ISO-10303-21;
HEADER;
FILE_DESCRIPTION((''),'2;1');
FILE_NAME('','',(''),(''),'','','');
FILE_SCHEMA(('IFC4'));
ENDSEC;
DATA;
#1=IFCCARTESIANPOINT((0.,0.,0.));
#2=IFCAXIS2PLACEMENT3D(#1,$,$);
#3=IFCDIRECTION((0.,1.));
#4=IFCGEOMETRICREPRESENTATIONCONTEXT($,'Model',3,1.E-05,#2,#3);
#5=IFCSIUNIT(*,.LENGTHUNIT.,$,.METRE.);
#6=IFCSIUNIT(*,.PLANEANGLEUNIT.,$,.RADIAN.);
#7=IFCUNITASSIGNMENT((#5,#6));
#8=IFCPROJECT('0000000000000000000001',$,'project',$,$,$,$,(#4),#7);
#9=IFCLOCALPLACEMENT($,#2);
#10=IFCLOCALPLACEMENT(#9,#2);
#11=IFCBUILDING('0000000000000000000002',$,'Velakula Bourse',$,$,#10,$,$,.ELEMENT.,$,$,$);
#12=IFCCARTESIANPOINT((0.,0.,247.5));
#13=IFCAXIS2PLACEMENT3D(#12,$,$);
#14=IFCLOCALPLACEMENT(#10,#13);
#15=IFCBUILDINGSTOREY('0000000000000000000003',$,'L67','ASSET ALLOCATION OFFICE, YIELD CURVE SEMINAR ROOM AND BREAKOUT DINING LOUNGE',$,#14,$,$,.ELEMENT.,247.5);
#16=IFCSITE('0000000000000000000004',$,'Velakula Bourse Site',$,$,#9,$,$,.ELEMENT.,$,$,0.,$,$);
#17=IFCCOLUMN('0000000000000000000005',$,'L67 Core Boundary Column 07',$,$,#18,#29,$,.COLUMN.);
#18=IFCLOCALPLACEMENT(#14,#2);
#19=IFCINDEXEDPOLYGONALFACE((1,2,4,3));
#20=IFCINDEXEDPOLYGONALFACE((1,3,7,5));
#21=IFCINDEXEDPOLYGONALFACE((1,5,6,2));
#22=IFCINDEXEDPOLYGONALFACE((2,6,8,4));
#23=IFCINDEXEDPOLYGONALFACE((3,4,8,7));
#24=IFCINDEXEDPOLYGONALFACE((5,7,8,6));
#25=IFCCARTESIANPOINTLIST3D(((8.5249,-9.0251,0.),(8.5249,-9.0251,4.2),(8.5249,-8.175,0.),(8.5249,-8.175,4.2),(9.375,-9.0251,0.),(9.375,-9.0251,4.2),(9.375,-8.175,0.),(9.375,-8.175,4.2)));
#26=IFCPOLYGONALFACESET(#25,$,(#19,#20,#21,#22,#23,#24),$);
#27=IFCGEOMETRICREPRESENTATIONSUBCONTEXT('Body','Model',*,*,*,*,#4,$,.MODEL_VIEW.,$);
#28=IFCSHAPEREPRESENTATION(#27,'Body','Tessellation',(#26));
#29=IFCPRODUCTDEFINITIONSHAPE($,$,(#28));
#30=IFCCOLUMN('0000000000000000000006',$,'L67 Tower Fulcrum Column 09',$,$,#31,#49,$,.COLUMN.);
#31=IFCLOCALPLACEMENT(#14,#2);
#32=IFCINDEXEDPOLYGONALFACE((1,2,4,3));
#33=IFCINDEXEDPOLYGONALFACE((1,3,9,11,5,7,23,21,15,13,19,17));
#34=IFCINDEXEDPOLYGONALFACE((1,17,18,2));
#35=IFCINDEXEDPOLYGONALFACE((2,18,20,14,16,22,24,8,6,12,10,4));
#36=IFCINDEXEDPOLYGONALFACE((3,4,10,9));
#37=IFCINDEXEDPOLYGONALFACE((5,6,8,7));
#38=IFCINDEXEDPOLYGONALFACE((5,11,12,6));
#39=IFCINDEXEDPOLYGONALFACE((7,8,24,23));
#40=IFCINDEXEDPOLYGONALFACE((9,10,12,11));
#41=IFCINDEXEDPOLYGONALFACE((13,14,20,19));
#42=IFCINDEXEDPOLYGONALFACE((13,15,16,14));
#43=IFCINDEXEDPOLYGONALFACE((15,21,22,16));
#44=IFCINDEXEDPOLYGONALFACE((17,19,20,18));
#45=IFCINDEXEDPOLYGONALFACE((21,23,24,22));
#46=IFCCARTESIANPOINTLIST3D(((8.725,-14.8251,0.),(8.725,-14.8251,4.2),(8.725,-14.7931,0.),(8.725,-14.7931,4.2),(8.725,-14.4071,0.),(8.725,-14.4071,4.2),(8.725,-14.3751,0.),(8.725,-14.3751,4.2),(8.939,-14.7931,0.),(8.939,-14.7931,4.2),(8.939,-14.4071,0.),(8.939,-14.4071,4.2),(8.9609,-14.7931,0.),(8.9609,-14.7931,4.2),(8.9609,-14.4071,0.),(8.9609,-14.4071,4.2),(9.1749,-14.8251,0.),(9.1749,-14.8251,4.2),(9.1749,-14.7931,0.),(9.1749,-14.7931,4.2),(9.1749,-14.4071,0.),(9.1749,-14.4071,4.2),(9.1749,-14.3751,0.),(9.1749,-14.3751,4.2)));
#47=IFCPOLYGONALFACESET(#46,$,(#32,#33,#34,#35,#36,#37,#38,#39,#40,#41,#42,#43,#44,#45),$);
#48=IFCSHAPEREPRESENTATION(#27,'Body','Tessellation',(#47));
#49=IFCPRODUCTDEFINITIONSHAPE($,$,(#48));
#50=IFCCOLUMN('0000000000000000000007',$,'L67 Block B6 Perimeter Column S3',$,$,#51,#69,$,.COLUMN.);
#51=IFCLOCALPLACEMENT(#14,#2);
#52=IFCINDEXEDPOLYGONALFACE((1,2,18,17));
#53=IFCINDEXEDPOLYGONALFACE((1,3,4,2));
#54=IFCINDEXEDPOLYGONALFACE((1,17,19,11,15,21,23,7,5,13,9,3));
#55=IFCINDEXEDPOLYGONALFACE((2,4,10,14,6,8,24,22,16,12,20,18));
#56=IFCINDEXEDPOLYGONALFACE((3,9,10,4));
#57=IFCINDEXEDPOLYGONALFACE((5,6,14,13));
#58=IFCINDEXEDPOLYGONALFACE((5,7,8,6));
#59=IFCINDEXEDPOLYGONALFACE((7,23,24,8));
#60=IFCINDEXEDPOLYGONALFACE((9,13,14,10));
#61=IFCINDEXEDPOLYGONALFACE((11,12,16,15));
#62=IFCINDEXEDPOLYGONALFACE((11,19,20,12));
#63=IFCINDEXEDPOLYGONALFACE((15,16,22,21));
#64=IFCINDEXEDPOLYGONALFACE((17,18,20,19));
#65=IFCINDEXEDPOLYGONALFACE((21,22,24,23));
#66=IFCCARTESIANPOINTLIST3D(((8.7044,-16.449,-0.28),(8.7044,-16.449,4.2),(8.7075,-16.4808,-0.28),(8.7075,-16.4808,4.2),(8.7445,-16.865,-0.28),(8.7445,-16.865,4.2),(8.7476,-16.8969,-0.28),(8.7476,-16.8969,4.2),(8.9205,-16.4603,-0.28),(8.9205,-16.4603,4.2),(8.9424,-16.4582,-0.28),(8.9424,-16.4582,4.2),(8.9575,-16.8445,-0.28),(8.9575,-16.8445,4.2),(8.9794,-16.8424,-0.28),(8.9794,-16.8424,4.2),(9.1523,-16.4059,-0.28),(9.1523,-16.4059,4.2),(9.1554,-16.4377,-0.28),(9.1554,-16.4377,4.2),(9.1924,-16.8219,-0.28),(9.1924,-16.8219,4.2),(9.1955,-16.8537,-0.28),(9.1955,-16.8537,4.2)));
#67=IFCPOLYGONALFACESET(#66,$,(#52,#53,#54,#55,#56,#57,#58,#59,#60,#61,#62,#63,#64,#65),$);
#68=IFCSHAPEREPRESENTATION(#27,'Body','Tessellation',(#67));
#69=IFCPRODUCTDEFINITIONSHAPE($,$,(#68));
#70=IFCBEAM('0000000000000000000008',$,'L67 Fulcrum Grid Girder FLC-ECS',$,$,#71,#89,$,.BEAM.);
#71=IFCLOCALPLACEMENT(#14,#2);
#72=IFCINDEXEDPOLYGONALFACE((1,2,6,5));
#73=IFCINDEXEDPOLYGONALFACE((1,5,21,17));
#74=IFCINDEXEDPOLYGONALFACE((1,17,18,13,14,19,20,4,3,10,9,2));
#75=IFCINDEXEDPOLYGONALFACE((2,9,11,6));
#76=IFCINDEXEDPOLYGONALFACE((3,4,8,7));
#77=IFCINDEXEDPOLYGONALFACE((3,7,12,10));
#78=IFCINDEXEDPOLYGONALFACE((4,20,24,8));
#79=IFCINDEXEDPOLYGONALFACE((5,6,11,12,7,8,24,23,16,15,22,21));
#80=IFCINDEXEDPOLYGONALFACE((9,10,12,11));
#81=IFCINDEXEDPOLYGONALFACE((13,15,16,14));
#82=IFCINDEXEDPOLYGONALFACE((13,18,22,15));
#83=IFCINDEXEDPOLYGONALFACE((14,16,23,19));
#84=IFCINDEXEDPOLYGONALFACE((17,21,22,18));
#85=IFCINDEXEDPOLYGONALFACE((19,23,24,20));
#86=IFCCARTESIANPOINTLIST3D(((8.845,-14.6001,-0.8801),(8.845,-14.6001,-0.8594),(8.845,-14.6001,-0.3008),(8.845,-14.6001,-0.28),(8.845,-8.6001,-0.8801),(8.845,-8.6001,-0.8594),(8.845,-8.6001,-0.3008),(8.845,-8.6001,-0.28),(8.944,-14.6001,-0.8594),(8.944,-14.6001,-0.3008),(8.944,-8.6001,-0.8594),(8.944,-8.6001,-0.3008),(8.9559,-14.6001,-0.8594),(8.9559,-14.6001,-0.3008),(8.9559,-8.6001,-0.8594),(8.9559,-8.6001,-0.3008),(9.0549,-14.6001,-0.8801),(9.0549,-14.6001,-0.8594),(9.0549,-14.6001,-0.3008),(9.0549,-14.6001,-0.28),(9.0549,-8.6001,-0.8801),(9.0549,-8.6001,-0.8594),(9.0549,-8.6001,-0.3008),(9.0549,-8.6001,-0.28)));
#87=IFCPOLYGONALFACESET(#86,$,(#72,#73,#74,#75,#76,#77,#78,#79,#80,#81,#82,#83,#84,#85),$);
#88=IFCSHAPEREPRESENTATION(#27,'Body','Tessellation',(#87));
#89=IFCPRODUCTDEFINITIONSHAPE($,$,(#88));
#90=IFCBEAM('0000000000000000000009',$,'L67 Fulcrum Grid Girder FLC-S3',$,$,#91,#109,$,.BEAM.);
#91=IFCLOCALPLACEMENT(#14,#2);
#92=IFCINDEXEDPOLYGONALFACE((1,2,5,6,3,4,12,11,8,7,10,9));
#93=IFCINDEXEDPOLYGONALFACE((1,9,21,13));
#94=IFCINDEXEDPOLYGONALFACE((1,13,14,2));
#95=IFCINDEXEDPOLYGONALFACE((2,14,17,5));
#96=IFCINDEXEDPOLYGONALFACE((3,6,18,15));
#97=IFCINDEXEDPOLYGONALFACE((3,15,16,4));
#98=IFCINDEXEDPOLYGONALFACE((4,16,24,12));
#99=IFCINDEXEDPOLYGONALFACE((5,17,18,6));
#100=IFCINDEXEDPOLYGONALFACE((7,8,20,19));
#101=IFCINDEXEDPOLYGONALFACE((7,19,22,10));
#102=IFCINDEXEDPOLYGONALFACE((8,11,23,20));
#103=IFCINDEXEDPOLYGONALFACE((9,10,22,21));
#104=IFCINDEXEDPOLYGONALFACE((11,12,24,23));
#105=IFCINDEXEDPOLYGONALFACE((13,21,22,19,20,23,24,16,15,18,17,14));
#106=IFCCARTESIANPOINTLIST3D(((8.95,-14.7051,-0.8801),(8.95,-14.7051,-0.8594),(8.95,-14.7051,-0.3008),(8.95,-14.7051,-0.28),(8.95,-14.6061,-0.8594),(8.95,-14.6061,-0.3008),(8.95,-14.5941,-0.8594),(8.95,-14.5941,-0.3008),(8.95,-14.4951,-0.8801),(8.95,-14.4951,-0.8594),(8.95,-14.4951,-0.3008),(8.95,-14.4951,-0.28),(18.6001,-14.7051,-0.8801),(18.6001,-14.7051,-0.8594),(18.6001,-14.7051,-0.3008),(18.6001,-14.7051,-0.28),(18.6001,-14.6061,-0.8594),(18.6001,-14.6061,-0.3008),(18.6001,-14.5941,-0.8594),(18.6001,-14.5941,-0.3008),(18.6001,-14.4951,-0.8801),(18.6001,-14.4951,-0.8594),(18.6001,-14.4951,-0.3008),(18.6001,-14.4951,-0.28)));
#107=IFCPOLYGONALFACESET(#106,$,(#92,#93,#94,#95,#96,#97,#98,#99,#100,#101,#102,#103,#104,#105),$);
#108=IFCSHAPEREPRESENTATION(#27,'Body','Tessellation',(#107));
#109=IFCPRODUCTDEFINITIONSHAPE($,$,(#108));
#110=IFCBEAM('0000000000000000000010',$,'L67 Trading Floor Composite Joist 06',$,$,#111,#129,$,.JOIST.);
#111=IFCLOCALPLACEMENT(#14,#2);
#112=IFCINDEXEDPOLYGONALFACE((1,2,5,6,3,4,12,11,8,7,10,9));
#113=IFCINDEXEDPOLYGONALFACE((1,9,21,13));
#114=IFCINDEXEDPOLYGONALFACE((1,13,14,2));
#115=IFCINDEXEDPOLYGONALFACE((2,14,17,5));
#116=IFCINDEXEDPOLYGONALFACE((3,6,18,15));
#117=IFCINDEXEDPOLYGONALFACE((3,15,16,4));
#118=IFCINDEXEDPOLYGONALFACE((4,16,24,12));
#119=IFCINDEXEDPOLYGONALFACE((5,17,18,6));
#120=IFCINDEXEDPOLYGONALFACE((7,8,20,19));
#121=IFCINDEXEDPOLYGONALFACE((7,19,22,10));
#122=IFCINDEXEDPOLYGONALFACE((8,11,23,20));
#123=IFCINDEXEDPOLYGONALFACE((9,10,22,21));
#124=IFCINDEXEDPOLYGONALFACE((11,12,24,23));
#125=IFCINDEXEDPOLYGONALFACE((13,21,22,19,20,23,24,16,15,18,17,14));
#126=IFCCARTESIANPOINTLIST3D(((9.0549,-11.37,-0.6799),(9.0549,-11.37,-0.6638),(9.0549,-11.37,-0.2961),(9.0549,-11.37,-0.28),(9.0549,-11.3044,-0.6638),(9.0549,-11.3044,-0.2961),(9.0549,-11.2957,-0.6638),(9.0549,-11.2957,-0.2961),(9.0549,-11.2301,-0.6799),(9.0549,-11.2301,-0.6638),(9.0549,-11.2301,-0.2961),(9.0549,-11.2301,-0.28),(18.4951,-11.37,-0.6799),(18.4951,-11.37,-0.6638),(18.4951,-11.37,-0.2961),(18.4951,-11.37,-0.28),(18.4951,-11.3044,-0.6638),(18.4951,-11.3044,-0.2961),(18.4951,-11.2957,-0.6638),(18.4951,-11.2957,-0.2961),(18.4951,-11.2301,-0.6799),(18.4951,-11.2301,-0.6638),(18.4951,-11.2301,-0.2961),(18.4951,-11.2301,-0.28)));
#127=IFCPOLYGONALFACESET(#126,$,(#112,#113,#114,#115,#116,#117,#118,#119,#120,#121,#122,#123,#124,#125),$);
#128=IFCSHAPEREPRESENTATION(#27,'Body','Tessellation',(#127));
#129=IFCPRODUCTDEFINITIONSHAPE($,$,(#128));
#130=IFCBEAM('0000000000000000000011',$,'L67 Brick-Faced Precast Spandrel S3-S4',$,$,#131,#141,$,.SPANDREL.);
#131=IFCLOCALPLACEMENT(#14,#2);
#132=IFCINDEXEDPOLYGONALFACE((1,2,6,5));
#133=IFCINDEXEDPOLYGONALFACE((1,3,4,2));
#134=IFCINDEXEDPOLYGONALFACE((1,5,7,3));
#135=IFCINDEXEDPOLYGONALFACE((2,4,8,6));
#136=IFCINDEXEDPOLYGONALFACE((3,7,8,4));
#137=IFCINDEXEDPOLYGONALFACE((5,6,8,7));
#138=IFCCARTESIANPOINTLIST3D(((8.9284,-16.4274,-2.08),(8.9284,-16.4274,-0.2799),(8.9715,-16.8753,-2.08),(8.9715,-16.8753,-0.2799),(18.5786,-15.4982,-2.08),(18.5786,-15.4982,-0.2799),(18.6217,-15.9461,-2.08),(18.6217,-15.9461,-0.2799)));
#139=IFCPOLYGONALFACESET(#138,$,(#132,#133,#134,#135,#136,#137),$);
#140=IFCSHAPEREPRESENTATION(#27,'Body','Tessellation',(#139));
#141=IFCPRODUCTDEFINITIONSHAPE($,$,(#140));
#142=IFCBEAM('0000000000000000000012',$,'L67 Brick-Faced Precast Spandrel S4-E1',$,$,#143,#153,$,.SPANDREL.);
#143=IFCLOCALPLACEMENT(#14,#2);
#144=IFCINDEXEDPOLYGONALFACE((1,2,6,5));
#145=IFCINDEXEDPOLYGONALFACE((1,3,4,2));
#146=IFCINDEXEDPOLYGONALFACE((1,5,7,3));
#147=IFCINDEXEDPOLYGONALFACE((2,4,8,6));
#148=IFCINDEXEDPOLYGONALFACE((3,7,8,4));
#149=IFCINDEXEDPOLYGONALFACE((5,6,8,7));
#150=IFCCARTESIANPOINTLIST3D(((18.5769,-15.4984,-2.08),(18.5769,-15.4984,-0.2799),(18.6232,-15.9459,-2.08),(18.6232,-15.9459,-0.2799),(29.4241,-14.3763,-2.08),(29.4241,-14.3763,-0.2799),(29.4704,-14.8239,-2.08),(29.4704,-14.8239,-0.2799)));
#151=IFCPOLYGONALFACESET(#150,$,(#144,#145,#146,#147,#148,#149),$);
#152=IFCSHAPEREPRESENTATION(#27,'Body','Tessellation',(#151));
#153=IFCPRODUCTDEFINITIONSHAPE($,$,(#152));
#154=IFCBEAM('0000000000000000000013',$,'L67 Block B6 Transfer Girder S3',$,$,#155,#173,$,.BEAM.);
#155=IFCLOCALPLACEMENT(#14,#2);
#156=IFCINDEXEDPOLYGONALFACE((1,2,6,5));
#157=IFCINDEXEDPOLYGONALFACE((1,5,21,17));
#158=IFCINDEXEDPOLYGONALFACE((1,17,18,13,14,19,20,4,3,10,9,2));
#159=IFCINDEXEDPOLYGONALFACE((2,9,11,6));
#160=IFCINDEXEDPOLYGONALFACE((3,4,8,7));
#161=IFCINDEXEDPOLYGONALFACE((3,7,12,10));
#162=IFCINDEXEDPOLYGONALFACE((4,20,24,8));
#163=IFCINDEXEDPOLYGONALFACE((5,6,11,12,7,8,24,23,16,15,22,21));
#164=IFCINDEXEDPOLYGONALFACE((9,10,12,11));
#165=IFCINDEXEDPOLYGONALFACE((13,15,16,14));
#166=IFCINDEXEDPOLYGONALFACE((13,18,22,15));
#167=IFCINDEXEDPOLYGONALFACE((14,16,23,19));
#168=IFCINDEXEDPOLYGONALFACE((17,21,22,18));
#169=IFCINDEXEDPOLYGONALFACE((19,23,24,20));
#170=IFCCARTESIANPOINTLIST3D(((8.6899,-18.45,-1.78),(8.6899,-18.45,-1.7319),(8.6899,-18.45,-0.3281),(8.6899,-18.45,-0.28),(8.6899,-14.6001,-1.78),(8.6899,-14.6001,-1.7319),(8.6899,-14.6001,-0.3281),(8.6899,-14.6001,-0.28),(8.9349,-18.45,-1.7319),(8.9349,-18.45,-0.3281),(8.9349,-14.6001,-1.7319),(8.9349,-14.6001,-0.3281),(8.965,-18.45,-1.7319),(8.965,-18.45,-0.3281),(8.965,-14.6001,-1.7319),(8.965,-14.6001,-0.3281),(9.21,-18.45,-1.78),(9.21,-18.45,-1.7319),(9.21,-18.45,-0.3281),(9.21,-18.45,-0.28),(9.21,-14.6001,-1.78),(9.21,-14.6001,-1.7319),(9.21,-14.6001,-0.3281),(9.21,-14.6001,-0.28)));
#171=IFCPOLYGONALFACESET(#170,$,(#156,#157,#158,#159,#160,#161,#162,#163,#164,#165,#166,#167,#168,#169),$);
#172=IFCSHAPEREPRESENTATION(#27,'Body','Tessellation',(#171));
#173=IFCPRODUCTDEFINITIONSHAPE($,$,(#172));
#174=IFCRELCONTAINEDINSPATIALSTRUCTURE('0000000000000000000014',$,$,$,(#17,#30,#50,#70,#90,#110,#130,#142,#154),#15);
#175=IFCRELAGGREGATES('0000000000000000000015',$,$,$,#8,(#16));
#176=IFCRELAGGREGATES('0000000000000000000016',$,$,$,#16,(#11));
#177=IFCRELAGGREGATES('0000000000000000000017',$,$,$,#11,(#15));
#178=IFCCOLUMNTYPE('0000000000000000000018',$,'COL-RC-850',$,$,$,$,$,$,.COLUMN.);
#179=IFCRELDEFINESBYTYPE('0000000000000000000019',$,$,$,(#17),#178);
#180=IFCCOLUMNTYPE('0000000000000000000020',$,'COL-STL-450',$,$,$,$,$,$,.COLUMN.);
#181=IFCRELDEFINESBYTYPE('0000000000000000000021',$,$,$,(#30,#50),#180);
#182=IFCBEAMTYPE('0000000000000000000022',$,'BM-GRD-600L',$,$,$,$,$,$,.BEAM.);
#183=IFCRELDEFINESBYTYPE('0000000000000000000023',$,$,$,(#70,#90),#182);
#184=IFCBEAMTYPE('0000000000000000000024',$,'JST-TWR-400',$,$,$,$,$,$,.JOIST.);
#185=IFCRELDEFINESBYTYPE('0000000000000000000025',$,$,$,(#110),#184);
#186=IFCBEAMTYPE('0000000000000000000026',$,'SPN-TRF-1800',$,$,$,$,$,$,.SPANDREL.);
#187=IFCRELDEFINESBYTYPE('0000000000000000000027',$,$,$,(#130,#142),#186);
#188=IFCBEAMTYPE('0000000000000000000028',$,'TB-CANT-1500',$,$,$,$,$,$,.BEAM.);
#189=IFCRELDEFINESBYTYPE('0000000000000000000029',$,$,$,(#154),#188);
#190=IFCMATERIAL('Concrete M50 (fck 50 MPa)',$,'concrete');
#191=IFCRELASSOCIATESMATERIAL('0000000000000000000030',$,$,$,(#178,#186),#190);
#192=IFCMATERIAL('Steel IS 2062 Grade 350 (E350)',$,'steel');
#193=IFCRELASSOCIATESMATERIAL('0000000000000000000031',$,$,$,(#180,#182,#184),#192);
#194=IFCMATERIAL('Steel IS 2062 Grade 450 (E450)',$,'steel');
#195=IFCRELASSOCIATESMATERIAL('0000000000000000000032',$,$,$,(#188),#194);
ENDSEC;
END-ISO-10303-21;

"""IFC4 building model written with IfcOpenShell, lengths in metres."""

from ifc_helpers import new_model, si_unit, direction, frame, origin, origin_2d, place, context, subcontext, project, spatial, rectangle, i_section, extrude, material, material_profile, profile_set, type_object, element, save


model = new_model("IFC4")

# Units and contexts
model_context = context("Model", 3, precision=1e-05, world=origin(), true_north=direction((0.0, 1.0)))
body_context = subcontext(model_context, "Body", "Model", "MODEL_VIEW")
ifc_project = project(units=[si_unit("LENGTHUNIT", "METRE"), si_unit("PLANEANGLEUNIT", "RADIAN")], contexts=[model_context])

# Site, building, storey
site_placement = place(None, origin())
site = spatial("IfcSite", under=ifc_project, at=site_placement, Name="Velakula Bourse Site", CompositionType="ELEMENT", RefElevation=0.0)
building_placement = place(site_placement, origin())
building = spatial("IfcBuilding", under=site, at=building_placement, Name="Velakula Bourse", CompositionType="ELEMENT")
storey_placement = place(building_placement, frame((0.0, 0.0, 247.5)))
storey = spatial("IfcBuildingStorey", under=building, at=storey_placement, Name="L67", Description="ASSET ALLOCATION OFFICE, YIELD CURVE SEMINAR ROOM AND BREAKOUT DINING LOUNGE", CompositionType="ELEMENT", Elevation=247.5)

# Columns
ifc_material_1 = material(Name="Concrete M50 (fck 50 MPa)", Category="concrete")
ifc_material_profile_1 = material_profile(ifc_material_1, rectangle(XDim=0.8501, YDim=0.8501, at=origin_2d()), Name="Concrete M50 (fck 50 MPa)")
ifc_profile_set_1 = profile_set([ifc_material_profile_1], Name="Concrete M50 (fck 50 MPa)")
column_type_1 = type_object("IfcColumnType", Name="COL-RC-850", PredefinedType="COLUMN", material=ifc_profile_set_1)
column_1_placement = place(storey_placement, frame((8.95, -8.6001, 0.0), z_axis=(0.0, 0.0, 1.0), x_axis=(1.0, 0.0, 0.0)))
element("IfcColumn", 1, at=column_1_placement, inside=storey, type_object=column_type_1, Name="L67 Core Boundary Column 07", PredefinedType="COLUMN", context=body_context, shape_type="SweptSolid", body=[
    extrude(rectangle(XDim=0.8501, YDim=0.8501, at=origin_2d()), origin(), (0.0, 0.0, 1.0), 4.2),
])
ifc_material_2 = material(Name="Steel IS 2062 Grade 350 (E350)", Category="steel")
ifc_material_profile_2 = material_profile(ifc_material_2, i_section(OverallWidth=0.45, OverallDepth=0.45, WebThickness=0.022, FlangeThickness=0.032, at=origin_2d()), Name="Steel IS 2062 Grade 350 (E350)")
ifc_profile_set_2 = profile_set([ifc_material_profile_2], Name="Steel IS 2062 Grade 350 (E350)")
column_type_2 = type_object("IfcColumnType", Name="COL-STL-450", PredefinedType="COLUMN", material=ifc_profile_set_2)
column_2_placement = place(storey_placement, frame((8.95, -14.6001, 0.0), z_axis=(0.0, 0.0, 1.0), x_axis=(1.0, 0.0, 0.0)))
element("IfcColumn", 2, at=column_2_placement, inside=storey, type_object=column_type_2, Name="L67 Tower Fulcrum Column 09", PredefinedType="COLUMN", context=body_context, shape_type="SweptSolid", body=[
    extrude(i_section(OverallWidth=0.45, OverallDepth=0.45, WebThickness=0.022, FlangeThickness=0.032, at=origin_2d()), origin(), (0.0, 0.0, 1.0), 4.2),
])
column_3_placement = place(storey_placement, frame((8.95, -16.6514, -0.28), z_axis=(0.0, 0.0, 1.0), x_axis=(0.995396, 0.095846, 0.0)))
element("IfcColumn", 3, at=column_3_placement, inside=storey, type_object=column_type_2, Name="L67 Block B6 Perimeter Column S3", PredefinedType="COLUMN", context=body_context, shape_type="SweptSolid", body=[
    extrude(i_section(OverallWidth=0.45, OverallDepth=0.45, WebThickness=0.022, FlangeThickness=0.032, at=origin_2d()), origin(), (0.0, 0.0, 1.0), 4.48),
])

# Beams
ifc_material_profile_3 = material_profile(ifc_material_2, i_section(OverallWidth=0.21, OverallDepth=0.6001, WebThickness=0.012, FlangeThickness=0.0208, at=origin_2d()), Name="Steel IS 2062 Grade 350 (E350)")
ifc_profile_set_3 = profile_set([ifc_material_profile_3], Name="Steel IS 2062 Grade 350 (E350)")
beam_type_1 = type_object("IfcBeamType", Name="BM-GRD-600L", PredefinedType="BEAM", material=ifc_profile_set_3)
beam_1_placement = place(storey_placement, frame((8.95, -14.6001, -0.5801), z_axis=(0.0, 1.0, 0.0), x_axis=(-1.0, 0.0, 0.0)))
element("IfcBeam", 4, at=beam_1_placement, inside=storey, type_object=beam_type_1, Name="L67 Fulcrum Grid Girder FLC-ECS", PredefinedType="BEAM", context=body_context, shape_type="SweptSolid", body=[
    extrude(i_section(OverallWidth=0.21, OverallDepth=0.6001, WebThickness=0.012, FlangeThickness=0.0208, at=origin_2d()), origin(), (0.0, 0.0, 1.0), 6.0),
])
beam_2_placement = place(storey_placement, frame((8.95, -14.6001, -0.5801), z_axis=(1.0, 0.0, 0.0), x_axis=(0.0, 1.0, 0.0)))
element("IfcBeam", 5, at=beam_2_placement, inside=storey, type_object=beam_type_1, Name="L67 Fulcrum Grid Girder FLC-S3", PredefinedType="BEAM", context=body_context, shape_type="SweptSolid", body=[
    extrude(i_section(OverallWidth=0.21, OverallDepth=0.6001, WebThickness=0.012, FlangeThickness=0.0208, at=origin_2d()), origin(), (0.0, 0.0, 1.0), 9.6501),
])
ifc_material_profile_4 = material_profile(ifc_material_2, i_section(OverallWidth=0.1399, OverallDepth=0.3999, WebThickness=0.0088, FlangeThickness=0.0161, at=origin_2d()), Name="Steel IS 2062 Grade 350 (E350)")
ifc_profile_set_4 = profile_set([ifc_material_profile_4], Name="Steel IS 2062 Grade 350 (E350)")
beam_type_2 = type_object("IfcBeamType", Name="JST-TWR-400", PredefinedType="JOIST", material=ifc_profile_set_4)
beam_3_placement = place(storey_placement, frame((9.0549, -11.3, -0.48), z_axis=(1.0, 0.0, 0.0), x_axis=(0.0, 1.0, 0.0)))
element("IfcBeam", 6, at=beam_3_placement, inside=storey, type_object=beam_type_2, Name="L67 Trading Floor Composite Joist 06", PredefinedType="JOIST", context=body_context, shape_type="SweptSolid", body=[
    extrude(i_section(OverallWidth=0.1399, OverallDepth=0.3999, WebThickness=0.0088, FlangeThickness=0.0161, at=origin_2d()), origin(), (0.0, 0.0, 1.0), 9.4402),
])
ifc_material_profile_5 = material_profile(ifc_material_1, rectangle(XDim=0.45, YDim=1.8, at=origin_2d()), Name="Concrete M50 (fck 50 MPa)")
ifc_profile_set_5 = profile_set([ifc_material_profile_5], Name="Concrete M50 (fck 50 MPa)")
beam_type_3 = type_object("IfcBeamType", Name="SPN-TRF-1800", PredefinedType="SPANDREL", material=ifc_profile_set_5)
beam_4_placement = place(storey_placement, frame((8.95, -16.6514, -1.1799), z_axis=(0.995396, 0.095845, 0.0), x_axis=(-0.095845, 0.995396, 0.0)))
element("IfcBeam", 7, at=beam_4_placement, inside=storey, type_object=beam_type_3, Name="L67 Brick-Faced Precast Spandrel S3-S4", PredefinedType="SPANDREL", context=body_context, shape_type="SweptSolid", body=[
    extrude(rectangle(XDim=0.45, YDim=1.8, at=origin_2d()), origin(), (0.0, 0.0, 1.0), 9.6948),
])
beam_5_placement = place(storey_placement, frame((18.6001, -15.7222, -1.1799), z_axis=(0.994692, 0.102895, 0.0), x_axis=(-0.102895, 0.994692, 0.0)))
element("IfcBeam", 8, at=beam_5_placement, inside=storey, type_object=beam_type_3, Name="L67 Brick-Faced Precast Spandrel S4-E1", PredefinedType="SPANDREL", context=body_context, shape_type="SweptSolid", body=[
    extrude(rectangle(XDim=0.45, YDim=1.8, at=origin_2d()), origin(), (0.0, 0.0, 1.0), 10.905),
])
ifc_material_3 = material(Name="Steel IS 2062 Grade 450 (E450)", Category="steel")
ifc_material_profile_6 = material_profile(ifc_material_3, i_section(OverallWidth=0.52, OverallDepth=1.5, WebThickness=0.03, FlangeThickness=0.0481, at=origin_2d()), Name="Steel IS 2062 Grade 450 (E450)")
ifc_profile_set_6 = profile_set([ifc_material_profile_6], Name="Steel IS 2062 Grade 450 (E450)")
beam_type_4 = type_object("IfcBeamType", Name="TB-CANT-1500", PredefinedType="BEAM", material=ifc_profile_set_6)
beam_6_placement = place(storey_placement, frame((8.95, -18.45, -1.03), z_axis=(0.0, 1.0, 0.0), x_axis=(-1.0, 0.0, 0.0)))
element("IfcBeam", 9, at=beam_6_placement, inside=storey, type_object=beam_type_4, Name="L67 Block B6 Transfer Girder S3", PredefinedType="BEAM", context=body_context, shape_type="SweptSolid", body=[
    extrude(i_section(OverallWidth=0.52, OverallDepth=1.5, WebThickness=0.03, FlangeThickness=0.0481, at=origin_2d()), origin(), (0.0, 0.0, 1.0), 3.8499),
])

save(model, "model.ifc")
